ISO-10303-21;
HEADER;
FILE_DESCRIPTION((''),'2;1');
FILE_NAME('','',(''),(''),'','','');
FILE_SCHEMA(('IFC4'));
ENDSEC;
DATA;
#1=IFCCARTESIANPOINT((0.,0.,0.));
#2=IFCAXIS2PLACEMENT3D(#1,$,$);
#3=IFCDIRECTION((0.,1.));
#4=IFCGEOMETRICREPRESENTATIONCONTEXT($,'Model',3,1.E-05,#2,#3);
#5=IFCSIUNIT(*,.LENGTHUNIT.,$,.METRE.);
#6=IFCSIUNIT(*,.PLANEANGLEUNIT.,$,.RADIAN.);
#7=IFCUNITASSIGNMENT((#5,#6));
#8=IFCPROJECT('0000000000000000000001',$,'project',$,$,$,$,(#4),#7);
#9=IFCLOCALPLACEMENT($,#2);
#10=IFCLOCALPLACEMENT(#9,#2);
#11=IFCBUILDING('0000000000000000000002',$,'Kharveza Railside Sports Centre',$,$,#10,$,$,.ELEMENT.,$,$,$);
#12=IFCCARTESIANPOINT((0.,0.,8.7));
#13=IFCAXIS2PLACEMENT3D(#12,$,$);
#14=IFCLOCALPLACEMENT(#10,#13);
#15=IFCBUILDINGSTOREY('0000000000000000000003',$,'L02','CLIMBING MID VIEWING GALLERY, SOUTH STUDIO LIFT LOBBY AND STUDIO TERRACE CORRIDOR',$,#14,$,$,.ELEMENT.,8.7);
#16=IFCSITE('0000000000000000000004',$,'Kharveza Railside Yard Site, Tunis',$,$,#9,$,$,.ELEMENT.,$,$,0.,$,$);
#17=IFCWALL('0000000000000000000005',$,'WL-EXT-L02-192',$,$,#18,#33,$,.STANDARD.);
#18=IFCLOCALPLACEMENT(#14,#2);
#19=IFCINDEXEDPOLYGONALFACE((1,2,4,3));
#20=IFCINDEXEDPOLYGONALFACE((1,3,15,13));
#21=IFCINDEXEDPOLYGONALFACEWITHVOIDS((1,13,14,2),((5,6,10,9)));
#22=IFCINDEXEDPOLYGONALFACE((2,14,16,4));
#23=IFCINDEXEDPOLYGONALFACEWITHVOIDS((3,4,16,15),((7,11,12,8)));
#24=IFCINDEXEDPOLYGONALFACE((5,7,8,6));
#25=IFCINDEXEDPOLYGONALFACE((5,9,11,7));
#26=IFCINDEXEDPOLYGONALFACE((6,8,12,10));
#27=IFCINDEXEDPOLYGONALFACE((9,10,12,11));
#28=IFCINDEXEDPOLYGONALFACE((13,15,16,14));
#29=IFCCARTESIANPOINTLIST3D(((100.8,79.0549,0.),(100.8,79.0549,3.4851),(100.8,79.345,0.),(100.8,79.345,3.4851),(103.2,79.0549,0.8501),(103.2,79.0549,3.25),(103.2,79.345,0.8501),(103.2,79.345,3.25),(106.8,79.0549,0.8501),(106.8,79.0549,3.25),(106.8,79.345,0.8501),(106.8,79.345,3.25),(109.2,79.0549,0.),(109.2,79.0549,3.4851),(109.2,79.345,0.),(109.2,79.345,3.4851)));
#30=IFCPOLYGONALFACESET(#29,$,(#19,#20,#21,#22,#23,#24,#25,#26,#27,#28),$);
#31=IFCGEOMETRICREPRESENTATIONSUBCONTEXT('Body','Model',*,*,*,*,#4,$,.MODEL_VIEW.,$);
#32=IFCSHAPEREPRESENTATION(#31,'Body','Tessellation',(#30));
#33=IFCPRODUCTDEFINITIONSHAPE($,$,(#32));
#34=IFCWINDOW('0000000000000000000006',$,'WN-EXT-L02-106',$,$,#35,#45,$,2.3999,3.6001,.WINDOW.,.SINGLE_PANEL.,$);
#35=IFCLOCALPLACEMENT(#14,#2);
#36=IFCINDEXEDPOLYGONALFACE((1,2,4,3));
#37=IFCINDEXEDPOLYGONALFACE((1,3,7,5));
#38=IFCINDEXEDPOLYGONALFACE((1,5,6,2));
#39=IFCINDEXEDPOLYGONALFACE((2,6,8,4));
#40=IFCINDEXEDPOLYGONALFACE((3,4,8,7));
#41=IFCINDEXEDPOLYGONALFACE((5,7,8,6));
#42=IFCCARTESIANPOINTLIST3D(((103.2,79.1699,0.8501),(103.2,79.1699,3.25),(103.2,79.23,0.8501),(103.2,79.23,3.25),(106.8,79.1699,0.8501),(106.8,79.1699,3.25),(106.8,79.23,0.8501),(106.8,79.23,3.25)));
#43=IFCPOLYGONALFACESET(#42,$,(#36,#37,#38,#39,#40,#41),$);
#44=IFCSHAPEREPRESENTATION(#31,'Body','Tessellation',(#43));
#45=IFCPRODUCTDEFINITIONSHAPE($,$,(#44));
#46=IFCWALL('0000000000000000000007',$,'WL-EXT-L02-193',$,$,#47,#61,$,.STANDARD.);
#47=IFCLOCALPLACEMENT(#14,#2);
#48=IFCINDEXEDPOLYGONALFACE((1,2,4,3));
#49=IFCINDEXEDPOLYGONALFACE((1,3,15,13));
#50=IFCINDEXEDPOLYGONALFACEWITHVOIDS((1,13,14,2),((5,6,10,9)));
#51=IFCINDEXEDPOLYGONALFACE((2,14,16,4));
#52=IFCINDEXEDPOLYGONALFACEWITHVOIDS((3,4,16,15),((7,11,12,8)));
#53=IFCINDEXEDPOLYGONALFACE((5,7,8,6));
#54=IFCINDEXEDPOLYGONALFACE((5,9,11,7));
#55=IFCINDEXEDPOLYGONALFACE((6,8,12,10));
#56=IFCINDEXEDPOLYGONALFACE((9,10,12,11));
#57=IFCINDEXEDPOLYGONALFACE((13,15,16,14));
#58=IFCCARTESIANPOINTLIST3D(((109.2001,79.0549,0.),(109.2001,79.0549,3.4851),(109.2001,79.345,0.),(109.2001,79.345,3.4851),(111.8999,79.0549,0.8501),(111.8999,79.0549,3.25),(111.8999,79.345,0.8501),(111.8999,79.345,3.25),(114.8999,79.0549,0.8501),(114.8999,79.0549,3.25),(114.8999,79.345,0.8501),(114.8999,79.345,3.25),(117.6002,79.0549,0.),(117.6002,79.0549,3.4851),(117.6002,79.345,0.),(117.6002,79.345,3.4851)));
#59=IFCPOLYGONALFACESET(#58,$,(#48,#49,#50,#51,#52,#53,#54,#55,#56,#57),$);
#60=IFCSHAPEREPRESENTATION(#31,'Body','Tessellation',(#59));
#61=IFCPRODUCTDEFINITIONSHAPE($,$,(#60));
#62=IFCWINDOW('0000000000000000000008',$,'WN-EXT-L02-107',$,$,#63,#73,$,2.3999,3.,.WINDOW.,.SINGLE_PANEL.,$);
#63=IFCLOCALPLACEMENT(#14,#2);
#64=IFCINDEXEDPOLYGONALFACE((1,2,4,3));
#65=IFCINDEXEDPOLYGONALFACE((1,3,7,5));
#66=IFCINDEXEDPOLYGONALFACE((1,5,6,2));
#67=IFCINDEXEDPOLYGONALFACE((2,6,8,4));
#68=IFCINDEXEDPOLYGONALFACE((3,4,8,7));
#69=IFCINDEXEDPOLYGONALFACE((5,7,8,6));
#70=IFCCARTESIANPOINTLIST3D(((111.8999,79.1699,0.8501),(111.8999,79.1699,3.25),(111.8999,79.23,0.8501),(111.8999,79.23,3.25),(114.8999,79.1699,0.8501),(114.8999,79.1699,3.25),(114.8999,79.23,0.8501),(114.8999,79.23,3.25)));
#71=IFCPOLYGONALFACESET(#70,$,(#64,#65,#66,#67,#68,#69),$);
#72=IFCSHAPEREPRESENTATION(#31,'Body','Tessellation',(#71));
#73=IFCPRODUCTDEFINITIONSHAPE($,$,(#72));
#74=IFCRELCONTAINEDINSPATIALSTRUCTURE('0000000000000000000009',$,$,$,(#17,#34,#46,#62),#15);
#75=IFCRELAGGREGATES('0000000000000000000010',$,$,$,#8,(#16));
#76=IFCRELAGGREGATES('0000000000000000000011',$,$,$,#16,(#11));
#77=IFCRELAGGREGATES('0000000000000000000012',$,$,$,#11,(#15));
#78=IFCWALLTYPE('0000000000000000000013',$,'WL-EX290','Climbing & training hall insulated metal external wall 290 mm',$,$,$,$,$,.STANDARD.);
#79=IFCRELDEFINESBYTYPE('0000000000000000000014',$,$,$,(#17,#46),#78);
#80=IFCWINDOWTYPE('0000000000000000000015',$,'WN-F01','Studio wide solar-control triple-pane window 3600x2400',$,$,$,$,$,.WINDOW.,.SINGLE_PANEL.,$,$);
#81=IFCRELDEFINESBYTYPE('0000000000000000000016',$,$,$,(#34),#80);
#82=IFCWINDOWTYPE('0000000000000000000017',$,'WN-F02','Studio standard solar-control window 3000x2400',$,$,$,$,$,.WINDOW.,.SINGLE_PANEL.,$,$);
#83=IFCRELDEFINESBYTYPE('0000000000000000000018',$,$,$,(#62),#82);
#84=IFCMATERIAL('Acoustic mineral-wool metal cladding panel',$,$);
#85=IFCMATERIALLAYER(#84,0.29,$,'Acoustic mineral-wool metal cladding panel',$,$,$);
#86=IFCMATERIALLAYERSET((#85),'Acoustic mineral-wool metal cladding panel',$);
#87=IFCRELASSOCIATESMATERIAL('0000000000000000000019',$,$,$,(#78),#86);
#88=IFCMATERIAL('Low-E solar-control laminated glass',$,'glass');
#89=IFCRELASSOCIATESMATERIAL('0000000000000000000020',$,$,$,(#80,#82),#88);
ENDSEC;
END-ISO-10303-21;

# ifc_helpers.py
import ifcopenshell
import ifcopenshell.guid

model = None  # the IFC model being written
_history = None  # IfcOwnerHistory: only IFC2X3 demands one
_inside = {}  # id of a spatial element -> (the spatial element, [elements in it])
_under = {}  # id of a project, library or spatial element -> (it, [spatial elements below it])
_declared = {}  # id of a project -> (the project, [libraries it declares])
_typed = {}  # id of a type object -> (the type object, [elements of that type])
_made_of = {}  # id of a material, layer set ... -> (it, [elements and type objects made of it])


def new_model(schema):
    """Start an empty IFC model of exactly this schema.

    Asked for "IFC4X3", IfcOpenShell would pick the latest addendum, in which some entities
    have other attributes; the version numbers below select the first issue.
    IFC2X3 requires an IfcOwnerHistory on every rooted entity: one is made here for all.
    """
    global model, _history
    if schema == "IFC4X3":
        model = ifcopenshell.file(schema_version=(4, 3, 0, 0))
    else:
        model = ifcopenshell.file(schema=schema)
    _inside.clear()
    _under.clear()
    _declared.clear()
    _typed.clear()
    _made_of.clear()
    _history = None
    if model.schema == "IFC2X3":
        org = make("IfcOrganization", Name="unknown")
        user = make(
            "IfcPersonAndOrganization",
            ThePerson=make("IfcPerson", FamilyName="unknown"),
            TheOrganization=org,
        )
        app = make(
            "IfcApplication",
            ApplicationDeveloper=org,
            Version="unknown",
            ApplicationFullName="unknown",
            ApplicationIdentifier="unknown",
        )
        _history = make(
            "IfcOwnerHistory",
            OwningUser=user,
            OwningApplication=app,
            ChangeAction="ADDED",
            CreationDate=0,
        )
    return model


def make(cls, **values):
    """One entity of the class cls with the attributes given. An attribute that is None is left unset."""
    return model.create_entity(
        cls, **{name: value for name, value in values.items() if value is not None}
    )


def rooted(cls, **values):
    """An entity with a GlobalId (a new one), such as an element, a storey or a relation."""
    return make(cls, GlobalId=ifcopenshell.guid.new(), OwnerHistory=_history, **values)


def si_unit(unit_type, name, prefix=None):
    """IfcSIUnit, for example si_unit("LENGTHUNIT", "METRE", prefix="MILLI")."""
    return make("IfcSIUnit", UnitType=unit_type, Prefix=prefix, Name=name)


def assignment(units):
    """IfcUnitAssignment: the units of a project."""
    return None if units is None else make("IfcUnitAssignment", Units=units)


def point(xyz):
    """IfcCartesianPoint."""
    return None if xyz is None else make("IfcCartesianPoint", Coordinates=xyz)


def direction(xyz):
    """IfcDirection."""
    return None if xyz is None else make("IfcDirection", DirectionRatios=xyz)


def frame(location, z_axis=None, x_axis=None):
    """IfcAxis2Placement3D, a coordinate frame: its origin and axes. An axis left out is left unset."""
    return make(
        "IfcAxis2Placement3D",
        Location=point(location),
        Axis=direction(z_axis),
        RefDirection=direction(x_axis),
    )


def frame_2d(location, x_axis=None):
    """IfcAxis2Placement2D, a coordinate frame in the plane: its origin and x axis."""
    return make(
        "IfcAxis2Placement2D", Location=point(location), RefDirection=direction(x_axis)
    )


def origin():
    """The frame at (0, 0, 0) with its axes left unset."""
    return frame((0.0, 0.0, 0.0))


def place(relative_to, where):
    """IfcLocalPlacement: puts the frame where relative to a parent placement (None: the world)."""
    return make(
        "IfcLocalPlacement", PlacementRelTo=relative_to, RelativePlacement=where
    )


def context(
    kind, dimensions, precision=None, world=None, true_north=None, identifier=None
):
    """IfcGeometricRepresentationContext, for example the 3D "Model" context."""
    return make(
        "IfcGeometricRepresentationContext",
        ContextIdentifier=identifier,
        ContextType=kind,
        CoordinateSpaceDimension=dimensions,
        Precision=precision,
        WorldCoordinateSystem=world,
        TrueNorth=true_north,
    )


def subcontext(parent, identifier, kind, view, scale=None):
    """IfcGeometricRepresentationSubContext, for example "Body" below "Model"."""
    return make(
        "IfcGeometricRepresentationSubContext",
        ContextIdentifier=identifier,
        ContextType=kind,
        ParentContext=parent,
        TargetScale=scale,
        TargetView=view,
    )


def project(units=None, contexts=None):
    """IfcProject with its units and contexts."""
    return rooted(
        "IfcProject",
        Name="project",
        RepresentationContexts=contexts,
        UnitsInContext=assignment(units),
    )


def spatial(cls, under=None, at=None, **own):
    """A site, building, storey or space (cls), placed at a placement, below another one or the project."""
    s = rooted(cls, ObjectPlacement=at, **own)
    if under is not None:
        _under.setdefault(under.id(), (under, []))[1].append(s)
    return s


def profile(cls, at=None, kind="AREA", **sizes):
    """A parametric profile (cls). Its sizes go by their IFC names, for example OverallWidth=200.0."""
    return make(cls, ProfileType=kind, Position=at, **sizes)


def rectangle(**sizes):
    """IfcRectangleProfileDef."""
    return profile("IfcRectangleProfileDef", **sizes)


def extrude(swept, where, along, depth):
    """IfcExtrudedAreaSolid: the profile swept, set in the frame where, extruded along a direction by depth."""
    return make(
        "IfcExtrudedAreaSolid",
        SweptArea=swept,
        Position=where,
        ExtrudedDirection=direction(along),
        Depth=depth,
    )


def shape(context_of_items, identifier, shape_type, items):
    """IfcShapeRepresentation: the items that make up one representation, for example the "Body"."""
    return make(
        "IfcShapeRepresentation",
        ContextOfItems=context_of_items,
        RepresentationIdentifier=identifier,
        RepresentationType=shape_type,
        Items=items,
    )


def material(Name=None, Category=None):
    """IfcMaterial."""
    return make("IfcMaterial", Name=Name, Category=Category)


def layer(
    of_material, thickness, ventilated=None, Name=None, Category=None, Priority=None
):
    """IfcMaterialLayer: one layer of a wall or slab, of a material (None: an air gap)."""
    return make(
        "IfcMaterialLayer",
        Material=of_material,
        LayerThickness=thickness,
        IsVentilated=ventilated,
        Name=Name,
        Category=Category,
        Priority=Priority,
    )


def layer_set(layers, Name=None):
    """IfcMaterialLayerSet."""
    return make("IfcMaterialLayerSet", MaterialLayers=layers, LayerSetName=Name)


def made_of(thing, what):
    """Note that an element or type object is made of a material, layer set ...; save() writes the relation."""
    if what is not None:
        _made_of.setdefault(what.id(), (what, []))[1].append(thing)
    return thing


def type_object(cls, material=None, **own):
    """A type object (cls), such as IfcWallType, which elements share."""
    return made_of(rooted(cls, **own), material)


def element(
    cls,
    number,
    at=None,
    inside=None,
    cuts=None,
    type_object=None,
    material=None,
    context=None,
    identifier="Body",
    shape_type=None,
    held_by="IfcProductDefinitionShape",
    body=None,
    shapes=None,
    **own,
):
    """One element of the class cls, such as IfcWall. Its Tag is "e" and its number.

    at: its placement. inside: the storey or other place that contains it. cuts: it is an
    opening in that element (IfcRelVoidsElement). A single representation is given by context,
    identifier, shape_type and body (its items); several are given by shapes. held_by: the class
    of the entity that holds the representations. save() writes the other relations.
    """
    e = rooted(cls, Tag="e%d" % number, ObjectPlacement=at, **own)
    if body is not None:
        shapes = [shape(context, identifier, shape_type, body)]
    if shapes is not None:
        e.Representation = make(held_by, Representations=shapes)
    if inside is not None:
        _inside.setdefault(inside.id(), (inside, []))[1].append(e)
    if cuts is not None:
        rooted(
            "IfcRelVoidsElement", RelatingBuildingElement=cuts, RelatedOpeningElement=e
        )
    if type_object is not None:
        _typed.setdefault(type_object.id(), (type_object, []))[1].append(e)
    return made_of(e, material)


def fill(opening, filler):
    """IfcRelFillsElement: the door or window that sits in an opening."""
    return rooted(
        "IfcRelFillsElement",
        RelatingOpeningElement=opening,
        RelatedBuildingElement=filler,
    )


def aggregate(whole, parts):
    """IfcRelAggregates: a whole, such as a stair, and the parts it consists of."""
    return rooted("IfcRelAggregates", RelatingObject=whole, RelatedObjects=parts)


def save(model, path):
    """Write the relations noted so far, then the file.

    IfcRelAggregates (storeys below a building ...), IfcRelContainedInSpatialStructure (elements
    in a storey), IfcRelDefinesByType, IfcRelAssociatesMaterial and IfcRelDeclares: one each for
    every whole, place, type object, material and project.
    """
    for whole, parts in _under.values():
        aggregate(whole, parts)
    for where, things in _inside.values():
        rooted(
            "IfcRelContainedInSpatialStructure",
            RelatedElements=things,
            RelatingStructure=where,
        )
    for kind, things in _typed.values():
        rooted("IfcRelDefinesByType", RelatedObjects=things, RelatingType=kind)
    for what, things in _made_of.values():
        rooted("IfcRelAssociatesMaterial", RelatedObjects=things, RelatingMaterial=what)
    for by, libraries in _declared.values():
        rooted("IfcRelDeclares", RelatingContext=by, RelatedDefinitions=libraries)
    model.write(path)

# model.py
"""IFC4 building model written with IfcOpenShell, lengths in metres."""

from ifc_helpers import new_model, si_unit, direction, frame, frame_2d, origin, place, context, subcontext, project, spatial, rectangle, extrude, material, layer, layer_set, type_object, element, fill, save


model = new_model("IFC4")

# Units and contexts
model_context = context("Model", 3, precision=1e-05, world=origin(), true_north=direction((0.0, 1.0)))
body_context = subcontext(model_context, "Body", "Model", "MODEL_VIEW")
ifc_project = project(units=[si_unit("LENGTHUNIT", "METRE"), si_unit("PLANEANGLEUNIT", "RADIAN")], contexts=[model_context])

# Site, building, storey
site_placement = place(None, origin())
site = spatial("IfcSite", under=ifc_project, at=site_placement, Name="Kharveza Railside Yard Site, Tunis", CompositionType="ELEMENT", RefElevation=0.0)
building_placement = place(site_placement, origin())
building = spatial("IfcBuilding", under=site, at=building_placement, Name="Kharveza Railside Sports Centre", CompositionType="ELEMENT")
storey_placement = place(building_placement, frame((0.0, 0.0, 8.7)))
storey = spatial("IfcBuildingStorey", under=building, at=storey_placement, Name="L02", Description="CLIMBING MID VIEWING GALLERY, SOUTH STUDIO LIFT LOBBY AND STUDIO TERRACE CORRIDOR", CompositionType="ELEMENT", Elevation=8.7)

# Walls, openings, windows
ifc_material_1 = material(Name="Acoustic mineral-wool metal cladding panel")
ifc_layer = layer(ifc_material_1, 0.29, Name="Acoustic mineral-wool metal cladding panel")
ifc_layer_set = layer_set([ifc_layer], Name="Acoustic mineral-wool metal cladding panel")
wall_type = type_object("IfcWallType", Name="WL-EX290", Description="Climbing & training hall insulated metal external wall 290 mm", PredefinedType="STANDARD", material=ifc_layer_set)
ifc_material_2 = material(Name="Low-E solar-control laminated glass", Category="glass")
wall_1_placement = place(storey_placement, frame((100.8, 79.2, 0.0), z_axis=(0.0, 0.0, 1.0), x_axis=(1.0, 0.0, 0.0)))
wall_1 = element("IfcWall", 1, at=wall_1_placement, inside=storey, type_object=wall_type, Name="WL-EXT-L02-192", PredefinedType="STANDARD", context=body_context, shape_type="SweptSolid", body=[
    extrude(rectangle(XDim=8.3999, YDim=0.29, at=frame_2d((4.2, 0.0))), origin(), (0.0, 0.0, 1.0), 3.4851),
])
opening_1_placement = place(wall_1_placement, frame((2.3999, 0.0, 0.8501)))
opening_1 = element("IfcOpeningElement", 2, at=opening_1_placement, cuts=wall_1, PredefinedType="OPENING", context=body_context, shape_type="SweptSolid", body=[
    extrude(rectangle(XDim=3.6001, YDim=2.3999, at=frame_2d((1.8, 1.2))), frame((0.0, 0.1699, 0.0), z_axis=(0.0, -1.0, 0.0), x_axis=(1.0, 0.0, 0.0)), (0.0, 0.0, 1.0), 0.3398),
])
window_type_1 = type_object("IfcWindowType", Name="WN-F01", Description="Studio wide solar-control triple-pane window 3600x2400", PartitioningType="SINGLE_PANEL", PredefinedType="WINDOW", material=ifc_material_2)
window_1_placement = place(opening_1_placement, origin())
window_1 = element("IfcWindow", 3, at=window_1_placement, inside=storey, type_object=window_type_1, Name="WN-EXT-L02-106", OverallHeight=2.3999, OverallWidth=3.6001, PartitioningType="SINGLE_PANEL", PredefinedType="WINDOW", context=body_context, shape_type="SweptSolid", body=[
    extrude(rectangle(XDim=3.6001, YDim=2.3999, at=frame_2d((1.8, 1.2))), frame((0.0, 0.03, 0.0), z_axis=(0.0, -1.0, 0.0), x_axis=(1.0, 0.0, 0.0)), (0.0, 0.0, 1.0), 0.0601),
])
fill(opening_1, window_1)
wall_2_placement = place(storey_placement, frame((109.2, 79.2, 0.0), z_axis=(0.0, 0.0, 1.0), x_axis=(1.0, 0.0, 0.0)))
wall_2 = element("IfcWall", 4, at=wall_2_placement, inside=storey, type_object=wall_type, Name="WL-EXT-L02-193", PredefinedType="STANDARD", context=body_context, shape_type="SweptSolid", body=[
    extrude(rectangle(XDim=8.4001, YDim=0.29, at=frame_2d((4.2002, 0.0))), origin(), (0.0, 0.0, 1.0), 3.4851),
])
opening_2_placement = place(wall_2_placement, frame((2.7, 0.0, 0.8501)))
opening_2 = element("IfcOpeningElement", 5, at=opening_2_placement, cuts=wall_2, PredefinedType="OPENING", context=body_context, shape_type="SweptSolid", body=[
    extrude(rectangle(XDim=3.0, YDim=2.3999, at=frame_2d((1.5, 1.2))), frame((0.0, 0.1699, 0.0), z_axis=(0.0, -1.0, 0.0), x_axis=(1.0, 0.0, 0.0)), (0.0, 0.0, 1.0), 0.3398),
])
window_type_2 = type_object("IfcWindowType", Name="WN-F02", Description="Studio standard solar-control window 3000x2400", PartitioningType="SINGLE_PANEL", PredefinedType="WINDOW", material=ifc_material_2)
window_2_placement = place(opening_2_placement, origin())
window_2 = element("IfcWindow", 6, at=window_2_placement, inside=storey, type_object=window_type_2, Name="WN-EXT-L02-107", OverallHeight=2.3999, OverallWidth=3.0, PartitioningType="SINGLE_PANEL", PredefinedType="WINDOW", context=body_context, shape_type="SweptSolid", body=[
    extrude(rectangle(XDim=3.0, YDim=2.3999, at=frame_2d((1.5, 1.2))), frame((0.0, 0.03, 0.0), z_axis=(0.0, -1.0, 0.0), x_axis=(1.0, 0.0, 0.0)), (0.0, 0.0, 1.0), 0.0601),
])
fill(opening_2, window_2)

save(model, "model.ifc")
